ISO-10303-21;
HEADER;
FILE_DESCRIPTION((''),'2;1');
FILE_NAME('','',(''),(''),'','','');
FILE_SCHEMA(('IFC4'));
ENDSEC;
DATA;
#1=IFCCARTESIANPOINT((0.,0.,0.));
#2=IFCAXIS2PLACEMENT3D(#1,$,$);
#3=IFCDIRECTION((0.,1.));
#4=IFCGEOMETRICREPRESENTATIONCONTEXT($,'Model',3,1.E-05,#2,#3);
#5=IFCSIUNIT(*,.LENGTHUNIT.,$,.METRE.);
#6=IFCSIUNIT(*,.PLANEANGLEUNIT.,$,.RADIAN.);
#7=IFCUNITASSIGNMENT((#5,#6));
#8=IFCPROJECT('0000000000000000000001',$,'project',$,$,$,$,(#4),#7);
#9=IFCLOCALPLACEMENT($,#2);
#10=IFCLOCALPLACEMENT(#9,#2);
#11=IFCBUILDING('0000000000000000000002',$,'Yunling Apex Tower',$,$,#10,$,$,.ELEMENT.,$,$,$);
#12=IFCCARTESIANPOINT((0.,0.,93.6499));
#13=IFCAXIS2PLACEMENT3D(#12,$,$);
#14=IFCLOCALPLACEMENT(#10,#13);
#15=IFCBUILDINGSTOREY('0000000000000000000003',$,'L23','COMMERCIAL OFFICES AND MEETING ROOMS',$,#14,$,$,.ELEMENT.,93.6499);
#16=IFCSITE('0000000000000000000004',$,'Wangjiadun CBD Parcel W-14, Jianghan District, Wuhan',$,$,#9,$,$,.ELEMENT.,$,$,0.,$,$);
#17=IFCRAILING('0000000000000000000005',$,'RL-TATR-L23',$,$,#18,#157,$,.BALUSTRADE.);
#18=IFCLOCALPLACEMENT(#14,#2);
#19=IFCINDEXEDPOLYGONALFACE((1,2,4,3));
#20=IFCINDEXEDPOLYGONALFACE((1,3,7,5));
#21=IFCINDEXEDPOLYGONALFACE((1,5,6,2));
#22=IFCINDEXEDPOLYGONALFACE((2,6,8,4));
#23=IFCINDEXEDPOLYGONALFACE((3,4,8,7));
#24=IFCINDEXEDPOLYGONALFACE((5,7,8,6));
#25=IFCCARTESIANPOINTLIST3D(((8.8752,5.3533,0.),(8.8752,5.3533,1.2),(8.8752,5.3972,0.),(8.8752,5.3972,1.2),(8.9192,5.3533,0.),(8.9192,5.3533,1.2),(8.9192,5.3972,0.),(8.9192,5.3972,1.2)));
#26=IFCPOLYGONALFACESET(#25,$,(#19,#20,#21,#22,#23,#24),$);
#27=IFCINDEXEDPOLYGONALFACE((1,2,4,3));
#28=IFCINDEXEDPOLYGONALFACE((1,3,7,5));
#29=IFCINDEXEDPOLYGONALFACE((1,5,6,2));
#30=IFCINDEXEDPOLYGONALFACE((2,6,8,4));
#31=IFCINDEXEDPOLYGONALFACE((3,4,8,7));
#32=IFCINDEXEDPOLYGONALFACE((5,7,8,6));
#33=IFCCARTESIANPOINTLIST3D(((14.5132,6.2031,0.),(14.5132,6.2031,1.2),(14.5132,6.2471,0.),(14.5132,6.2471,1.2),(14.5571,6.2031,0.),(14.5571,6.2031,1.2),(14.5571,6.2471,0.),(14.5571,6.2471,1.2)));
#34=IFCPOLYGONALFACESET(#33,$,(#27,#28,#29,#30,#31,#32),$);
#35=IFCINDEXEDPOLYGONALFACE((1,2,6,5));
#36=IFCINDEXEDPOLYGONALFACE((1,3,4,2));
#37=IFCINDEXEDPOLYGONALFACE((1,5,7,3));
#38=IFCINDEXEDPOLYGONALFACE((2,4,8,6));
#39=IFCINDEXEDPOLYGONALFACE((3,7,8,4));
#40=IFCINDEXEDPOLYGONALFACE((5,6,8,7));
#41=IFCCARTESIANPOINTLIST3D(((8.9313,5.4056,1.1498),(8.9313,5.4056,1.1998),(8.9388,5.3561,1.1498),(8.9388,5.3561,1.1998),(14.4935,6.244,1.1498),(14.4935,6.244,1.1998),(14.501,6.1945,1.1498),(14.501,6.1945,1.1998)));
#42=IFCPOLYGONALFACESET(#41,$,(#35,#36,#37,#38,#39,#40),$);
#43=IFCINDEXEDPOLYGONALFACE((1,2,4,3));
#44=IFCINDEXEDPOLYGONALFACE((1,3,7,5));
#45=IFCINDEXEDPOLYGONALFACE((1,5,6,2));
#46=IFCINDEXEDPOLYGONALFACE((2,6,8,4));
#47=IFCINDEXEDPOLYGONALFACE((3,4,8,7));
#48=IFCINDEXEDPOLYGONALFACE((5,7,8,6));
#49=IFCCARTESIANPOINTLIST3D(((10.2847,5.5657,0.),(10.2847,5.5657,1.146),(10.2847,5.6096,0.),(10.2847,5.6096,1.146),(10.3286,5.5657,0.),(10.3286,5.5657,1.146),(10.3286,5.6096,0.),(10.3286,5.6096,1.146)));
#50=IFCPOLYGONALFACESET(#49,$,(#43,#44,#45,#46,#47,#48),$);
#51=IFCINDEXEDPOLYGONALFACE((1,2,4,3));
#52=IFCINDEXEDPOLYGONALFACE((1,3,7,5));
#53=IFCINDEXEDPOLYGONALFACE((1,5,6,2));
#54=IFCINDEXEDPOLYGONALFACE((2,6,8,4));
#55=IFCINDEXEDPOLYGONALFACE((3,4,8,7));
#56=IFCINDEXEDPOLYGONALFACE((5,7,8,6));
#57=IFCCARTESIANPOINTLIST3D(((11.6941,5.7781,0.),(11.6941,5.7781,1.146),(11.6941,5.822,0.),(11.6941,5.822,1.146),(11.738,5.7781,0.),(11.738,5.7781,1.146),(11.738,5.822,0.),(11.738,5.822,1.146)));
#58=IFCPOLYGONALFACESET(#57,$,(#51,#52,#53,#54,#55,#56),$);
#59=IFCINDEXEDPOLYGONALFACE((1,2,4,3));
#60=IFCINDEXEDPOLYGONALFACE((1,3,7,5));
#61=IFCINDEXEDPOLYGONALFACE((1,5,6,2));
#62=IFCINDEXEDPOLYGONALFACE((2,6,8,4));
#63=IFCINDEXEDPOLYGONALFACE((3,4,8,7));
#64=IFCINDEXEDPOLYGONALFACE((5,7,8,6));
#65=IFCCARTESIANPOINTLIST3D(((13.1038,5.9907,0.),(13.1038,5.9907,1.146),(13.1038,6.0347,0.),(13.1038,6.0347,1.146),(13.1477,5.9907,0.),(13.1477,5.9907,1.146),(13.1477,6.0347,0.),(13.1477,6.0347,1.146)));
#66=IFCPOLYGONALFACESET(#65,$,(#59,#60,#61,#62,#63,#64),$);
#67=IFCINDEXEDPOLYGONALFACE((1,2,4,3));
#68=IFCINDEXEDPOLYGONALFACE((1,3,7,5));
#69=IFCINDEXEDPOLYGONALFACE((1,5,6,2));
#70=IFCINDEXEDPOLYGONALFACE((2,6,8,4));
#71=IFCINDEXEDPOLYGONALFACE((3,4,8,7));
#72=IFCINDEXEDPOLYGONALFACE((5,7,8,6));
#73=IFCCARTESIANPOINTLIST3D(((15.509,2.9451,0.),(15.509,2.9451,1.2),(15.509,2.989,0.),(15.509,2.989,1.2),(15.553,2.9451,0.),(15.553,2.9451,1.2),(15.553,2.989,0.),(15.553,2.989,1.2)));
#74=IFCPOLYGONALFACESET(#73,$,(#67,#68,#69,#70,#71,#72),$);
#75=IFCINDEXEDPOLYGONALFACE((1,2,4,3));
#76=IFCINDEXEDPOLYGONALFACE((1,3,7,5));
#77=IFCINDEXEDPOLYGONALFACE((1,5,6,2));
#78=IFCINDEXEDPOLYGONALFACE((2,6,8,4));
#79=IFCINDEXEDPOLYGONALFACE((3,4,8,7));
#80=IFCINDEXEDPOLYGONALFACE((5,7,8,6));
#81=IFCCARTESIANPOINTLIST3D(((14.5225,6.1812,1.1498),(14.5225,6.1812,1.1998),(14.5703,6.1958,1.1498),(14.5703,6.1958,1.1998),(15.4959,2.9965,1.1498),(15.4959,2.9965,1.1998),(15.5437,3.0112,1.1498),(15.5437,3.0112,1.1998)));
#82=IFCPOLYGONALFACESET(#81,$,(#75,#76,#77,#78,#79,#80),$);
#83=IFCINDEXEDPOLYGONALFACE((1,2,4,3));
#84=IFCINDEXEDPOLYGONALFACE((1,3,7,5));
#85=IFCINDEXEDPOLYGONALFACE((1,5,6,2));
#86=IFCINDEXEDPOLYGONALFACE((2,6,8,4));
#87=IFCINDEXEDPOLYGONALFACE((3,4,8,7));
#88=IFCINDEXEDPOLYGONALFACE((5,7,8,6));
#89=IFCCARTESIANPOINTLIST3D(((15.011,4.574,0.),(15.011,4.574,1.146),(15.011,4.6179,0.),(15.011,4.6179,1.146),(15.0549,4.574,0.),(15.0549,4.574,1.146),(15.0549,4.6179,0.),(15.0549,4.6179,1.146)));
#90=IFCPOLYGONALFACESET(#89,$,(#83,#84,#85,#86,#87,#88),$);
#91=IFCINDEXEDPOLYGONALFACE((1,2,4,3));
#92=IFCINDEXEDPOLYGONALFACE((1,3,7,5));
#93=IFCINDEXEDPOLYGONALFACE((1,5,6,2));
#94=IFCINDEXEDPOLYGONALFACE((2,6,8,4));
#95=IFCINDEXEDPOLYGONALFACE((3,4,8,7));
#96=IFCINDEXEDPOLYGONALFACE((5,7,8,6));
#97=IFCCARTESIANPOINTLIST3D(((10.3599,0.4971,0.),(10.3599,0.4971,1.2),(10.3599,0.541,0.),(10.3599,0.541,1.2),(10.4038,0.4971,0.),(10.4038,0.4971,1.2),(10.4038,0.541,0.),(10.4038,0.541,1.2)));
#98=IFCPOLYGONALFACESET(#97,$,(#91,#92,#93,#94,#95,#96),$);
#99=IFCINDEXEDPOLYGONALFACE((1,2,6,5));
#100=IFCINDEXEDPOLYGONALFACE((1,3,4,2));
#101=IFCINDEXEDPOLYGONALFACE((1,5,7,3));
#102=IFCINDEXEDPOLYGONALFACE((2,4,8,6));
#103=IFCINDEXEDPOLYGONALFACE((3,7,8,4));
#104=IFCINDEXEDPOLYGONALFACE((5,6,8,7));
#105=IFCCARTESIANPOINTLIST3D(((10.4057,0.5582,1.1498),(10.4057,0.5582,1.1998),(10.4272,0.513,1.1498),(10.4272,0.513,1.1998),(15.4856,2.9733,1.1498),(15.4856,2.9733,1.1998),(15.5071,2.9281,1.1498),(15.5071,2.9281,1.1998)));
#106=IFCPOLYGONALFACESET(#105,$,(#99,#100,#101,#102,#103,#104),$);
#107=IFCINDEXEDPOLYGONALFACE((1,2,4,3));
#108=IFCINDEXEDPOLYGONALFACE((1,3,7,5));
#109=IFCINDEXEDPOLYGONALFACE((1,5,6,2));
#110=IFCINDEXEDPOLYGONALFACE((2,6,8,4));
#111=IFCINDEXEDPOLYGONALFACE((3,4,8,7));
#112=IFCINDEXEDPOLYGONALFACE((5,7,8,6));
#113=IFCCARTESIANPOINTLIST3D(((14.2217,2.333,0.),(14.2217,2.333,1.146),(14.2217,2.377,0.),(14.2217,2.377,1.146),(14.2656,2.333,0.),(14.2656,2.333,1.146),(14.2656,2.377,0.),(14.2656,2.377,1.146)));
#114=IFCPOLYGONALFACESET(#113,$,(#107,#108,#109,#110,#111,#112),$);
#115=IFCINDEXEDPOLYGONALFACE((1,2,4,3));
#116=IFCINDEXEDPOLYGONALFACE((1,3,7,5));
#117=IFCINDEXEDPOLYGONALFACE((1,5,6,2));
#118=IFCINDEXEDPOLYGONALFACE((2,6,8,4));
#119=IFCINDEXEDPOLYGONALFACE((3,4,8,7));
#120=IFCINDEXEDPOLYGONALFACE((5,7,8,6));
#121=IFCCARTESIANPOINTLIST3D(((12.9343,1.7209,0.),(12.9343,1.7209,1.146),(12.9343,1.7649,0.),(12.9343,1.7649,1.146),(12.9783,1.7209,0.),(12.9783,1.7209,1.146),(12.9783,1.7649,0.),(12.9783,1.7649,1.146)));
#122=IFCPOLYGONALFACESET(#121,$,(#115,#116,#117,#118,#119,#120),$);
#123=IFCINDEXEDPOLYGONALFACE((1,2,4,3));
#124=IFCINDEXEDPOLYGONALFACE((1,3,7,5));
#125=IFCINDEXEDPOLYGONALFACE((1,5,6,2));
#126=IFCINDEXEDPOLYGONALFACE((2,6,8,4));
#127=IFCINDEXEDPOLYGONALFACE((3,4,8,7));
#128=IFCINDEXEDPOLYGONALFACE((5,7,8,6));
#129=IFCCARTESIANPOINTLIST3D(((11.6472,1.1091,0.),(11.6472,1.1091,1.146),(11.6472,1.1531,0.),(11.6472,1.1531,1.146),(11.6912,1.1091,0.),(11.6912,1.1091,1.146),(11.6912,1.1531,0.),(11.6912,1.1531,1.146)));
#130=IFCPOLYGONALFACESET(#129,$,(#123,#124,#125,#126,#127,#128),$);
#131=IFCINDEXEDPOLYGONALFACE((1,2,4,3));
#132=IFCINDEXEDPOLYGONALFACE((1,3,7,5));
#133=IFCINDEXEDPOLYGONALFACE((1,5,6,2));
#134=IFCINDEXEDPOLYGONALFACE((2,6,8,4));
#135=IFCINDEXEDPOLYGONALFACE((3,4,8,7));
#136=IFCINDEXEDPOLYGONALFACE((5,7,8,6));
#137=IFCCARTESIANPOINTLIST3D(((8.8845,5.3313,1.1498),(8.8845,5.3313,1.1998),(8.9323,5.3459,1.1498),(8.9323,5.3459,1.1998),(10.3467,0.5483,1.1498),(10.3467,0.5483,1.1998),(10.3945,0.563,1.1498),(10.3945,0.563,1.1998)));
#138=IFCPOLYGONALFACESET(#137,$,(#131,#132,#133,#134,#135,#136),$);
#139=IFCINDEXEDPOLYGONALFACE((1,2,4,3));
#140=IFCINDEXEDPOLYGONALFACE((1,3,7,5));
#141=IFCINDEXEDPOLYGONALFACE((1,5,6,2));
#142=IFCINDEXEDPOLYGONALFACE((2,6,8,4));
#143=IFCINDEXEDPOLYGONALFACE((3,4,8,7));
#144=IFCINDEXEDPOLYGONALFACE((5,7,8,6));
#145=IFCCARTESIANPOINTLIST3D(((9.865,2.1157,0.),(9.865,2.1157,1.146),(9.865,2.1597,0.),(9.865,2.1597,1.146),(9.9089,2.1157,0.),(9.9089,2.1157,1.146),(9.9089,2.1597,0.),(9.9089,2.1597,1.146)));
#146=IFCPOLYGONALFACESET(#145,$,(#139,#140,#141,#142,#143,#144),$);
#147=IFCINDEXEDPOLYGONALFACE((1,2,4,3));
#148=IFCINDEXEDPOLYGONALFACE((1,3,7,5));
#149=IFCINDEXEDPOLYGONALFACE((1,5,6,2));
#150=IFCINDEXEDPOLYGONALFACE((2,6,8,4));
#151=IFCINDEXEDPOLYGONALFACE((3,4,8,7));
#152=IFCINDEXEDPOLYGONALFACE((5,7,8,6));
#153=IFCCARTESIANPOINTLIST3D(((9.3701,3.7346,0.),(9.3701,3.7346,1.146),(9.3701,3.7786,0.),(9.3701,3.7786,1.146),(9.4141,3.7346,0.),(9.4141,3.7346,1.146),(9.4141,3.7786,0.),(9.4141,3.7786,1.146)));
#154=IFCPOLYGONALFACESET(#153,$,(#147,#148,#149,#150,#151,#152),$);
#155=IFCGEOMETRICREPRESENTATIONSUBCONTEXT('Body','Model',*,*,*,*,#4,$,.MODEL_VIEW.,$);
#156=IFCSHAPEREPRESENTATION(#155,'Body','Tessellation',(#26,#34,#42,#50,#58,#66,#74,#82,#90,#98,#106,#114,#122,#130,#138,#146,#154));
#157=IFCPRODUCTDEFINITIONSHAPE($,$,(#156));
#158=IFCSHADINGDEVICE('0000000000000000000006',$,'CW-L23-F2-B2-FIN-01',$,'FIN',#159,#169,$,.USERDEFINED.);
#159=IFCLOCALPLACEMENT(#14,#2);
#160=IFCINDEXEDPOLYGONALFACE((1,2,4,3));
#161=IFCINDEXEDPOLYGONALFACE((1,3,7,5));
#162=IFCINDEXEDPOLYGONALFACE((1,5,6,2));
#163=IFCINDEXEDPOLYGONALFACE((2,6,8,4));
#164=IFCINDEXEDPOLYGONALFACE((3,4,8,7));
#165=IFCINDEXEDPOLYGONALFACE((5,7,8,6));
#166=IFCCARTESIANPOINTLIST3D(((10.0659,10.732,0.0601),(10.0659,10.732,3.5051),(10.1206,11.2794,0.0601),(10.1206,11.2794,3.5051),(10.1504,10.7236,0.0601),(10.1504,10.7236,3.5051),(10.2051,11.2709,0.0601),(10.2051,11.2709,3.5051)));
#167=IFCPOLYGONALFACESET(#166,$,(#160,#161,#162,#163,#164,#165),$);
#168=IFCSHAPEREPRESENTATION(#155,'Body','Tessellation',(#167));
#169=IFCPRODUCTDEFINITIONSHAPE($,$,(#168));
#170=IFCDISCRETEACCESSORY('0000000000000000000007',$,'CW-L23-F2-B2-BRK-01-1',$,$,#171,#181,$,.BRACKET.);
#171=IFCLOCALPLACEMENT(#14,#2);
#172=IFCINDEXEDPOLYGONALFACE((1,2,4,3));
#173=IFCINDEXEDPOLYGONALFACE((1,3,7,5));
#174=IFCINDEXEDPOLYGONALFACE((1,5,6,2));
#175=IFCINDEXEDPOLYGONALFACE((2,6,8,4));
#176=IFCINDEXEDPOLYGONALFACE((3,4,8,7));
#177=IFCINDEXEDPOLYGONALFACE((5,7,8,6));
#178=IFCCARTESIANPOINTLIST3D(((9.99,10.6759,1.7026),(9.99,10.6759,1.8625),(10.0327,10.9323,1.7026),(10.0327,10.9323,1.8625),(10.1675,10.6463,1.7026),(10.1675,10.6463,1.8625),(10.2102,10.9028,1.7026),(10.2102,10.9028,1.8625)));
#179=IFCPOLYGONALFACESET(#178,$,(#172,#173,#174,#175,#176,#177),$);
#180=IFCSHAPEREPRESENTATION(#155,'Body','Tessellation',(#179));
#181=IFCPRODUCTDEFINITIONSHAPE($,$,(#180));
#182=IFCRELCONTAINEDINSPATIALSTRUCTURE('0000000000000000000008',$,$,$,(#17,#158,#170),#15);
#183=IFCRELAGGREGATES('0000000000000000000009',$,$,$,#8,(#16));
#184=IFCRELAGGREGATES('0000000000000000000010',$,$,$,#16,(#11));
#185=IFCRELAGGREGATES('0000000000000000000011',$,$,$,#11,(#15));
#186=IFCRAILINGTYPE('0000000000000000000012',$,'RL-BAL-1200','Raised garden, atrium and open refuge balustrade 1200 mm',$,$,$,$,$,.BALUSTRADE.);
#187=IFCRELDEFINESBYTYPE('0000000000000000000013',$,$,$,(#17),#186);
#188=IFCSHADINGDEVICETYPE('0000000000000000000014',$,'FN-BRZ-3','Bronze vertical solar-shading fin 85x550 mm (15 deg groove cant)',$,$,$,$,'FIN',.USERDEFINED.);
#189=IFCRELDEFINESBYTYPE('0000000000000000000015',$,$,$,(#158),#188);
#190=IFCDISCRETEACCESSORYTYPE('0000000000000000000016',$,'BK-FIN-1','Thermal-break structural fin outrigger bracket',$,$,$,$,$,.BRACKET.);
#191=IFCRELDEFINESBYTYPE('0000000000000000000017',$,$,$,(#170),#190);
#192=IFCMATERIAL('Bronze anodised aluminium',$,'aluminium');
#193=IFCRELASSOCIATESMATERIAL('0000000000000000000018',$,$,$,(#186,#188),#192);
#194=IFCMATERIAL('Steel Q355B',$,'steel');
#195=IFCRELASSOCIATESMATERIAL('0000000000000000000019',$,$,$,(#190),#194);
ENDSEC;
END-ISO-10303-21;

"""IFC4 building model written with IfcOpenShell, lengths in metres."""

from ifc_helpers import new_model, si_unit, direction, frame, origin, origin_2d, place, context, subcontext, project, spatial, rectangle, extrude, source, transform, mapped, material, material_profile, profile_set, type_object, element, save


model = new_model("IFC4")

# Units and contexts
model_context = context("Model", 3, precision=1e-05, world=origin(), true_north=direction((0.0, 1.0)))
body_context = subcontext(model_context, "Body", "Model", "MODEL_VIEW")
ifc_project = project(units=[si_unit("LENGTHUNIT", "METRE"), si_unit("PLANEANGLEUNIT", "RADIAN")], contexts=[model_context])

# Site, building, storey
site_placement = place(None, origin())
site = spatial("IfcSite", under=ifc_project, at=site_placement, Name="Wangjiadun CBD Parcel W-14, Jianghan District, Wuhan", CompositionType="ELEMENT", RefElevation=0.0)
building_placement = place(site_placement, origin())
building = spatial("IfcBuilding", under=site, at=building_placement, Name="Yunling Apex Tower", CompositionType="ELEMENT")
storey_placement = place(building_placement, frame((0.0, 0.0, 93.6499)))
storey = spatial("IfcBuildingStorey", under=building, at=storey_placement, Name="L23", Description="COMMERCIAL OFFICES AND MEETING ROOMS", CompositionType="ELEMENT", Elevation=93.6499)

# Shared definitions
ifc_material_1 = material(Name="Steel Q355B", Category="steel")

# Shared definitions
ifc_material_2 = material(Name="Bronze anodised aluminium", Category="aluminium")

# Railing
railing_type = type_object("IfcRailingType", Name="RL-BAL-1200", Description="Raised garden, atrium and open refuge balustrade 1200 mm", PredefinedType="BALUSTRADE", material=ifc_material_2)
railing_placement = place(storey_placement, frame((8.8972, 5.3752, 0.0)))
element("IfcRailing", 1, at=railing_placement, inside=storey, type_object=railing_type, Name="RL-TATR-L23", PredefinedType="BALUSTRADE", context=body_context, shape_type="SweptSolid", body=[
    extrude(rectangle(XDim=0.0439, YDim=0.0439, at=origin_2d()), origin(), (0.0, 0.0, 1.0), 1.2),
    extrude(rectangle(XDim=0.0439, YDim=0.0439, at=origin_2d()), frame((5.6379, 0.8499, 0.0)), (0.0, 0.0, 1.0), 1.2),
    extrude(rectangle(XDim=0.05, YDim=0.05, at=origin_2d()), frame((0.0378, 0.0056, 1.1748), z_axis=(0.988829, 0.149054, 0.0), x_axis=(-0.149054, 0.988829, 0.0)), (0.0, 0.0, 1.0), 5.625),
    extrude(rectangle(XDim=0.0439, YDim=0.0439, at=origin_2d()), frame((1.4094, 0.2124, 0.0)), (0.0, 0.0, 1.0), 1.146),
    extrude(rectangle(XDim=0.0439, YDim=0.0439, at=origin_2d()), frame((2.8188, 0.4248, 0.0)), (0.0, 0.0, 1.0), 1.146),
    extrude(rectangle(XDim=0.0439, YDim=0.0439, at=origin_2d()), frame((4.2285, 0.6375, 0.0)), (0.0, 0.0, 1.0), 1.146),
    extrude(rectangle(XDim=0.0439, YDim=0.0439, at=origin_2d()), frame((6.6338, -2.4082, 0.0)), (0.0, 0.0, 1.0), 1.2),
    extrude(rectangle(XDim=0.05, YDim=0.05, at=origin_2d()), frame((5.6492, 0.8132, 1.1748), z_axis=(0.292308, -0.956324, 0.0), x_axis=(0.956324, 0.292308, 0.0)), (0.0, 0.0, 1.0), 3.3301),
    extrude(rectangle(XDim=0.0439, YDim=0.0439, at=origin_2d()), frame((6.1357, -0.7793, 0.0)), (0.0, 0.0, 1.0), 1.146),
    extrude(rectangle(XDim=0.0439, YDim=0.0439, at=origin_2d()), frame((1.4846, -4.8562, 0.0)), (0.0, 0.0, 1.0), 1.2),
    extrude(rectangle(XDim=0.05, YDim=0.05, at=origin_2d()), frame((6.5991, -2.4246, 1.1748), z_axis=(-0.903132, -0.429363, 0.0), x_axis=(0.429363, -0.903132, 0.0)), (0.0, 0.0, 1.0), 5.6248),
    extrude(rectangle(XDim=0.0439, YDim=0.0439, at=origin_2d()), frame((5.3464, -3.0203, 0.0)), (0.0, 0.0, 1.0), 1.146),
    extrude(rectangle(XDim=0.0439, YDim=0.0439, at=origin_2d()), frame((4.0591, -3.6323, 0.0)), (0.0, 0.0, 1.0), 1.146),
    extrude(rectangle(XDim=0.0439, YDim=0.0439, at=origin_2d()), frame((2.772, -4.2441, 0.0)), (0.0, 0.0, 1.0), 1.146),
    extrude(rectangle(XDim=0.05, YDim=0.05, at=origin_2d()), frame((1.4734, -4.8196, 1.1748), z_axis=(-0.292359, 0.956309, 0.0), x_axis=(-0.956309, -0.292359, 0.0)), (0.0, 0.0, 1.0), 5.0015),
    extrude(rectangle(XDim=0.0439, YDim=0.0439, at=origin_2d()), frame((0.9897, -3.2375, 0.0)), (0.0, 0.0, 1.0), 1.146),
    extrude(rectangle(XDim=0.0439, YDim=0.0439, at=origin_2d()), frame((0.4949, -1.6187, 0.0)), (0.0, 0.0, 1.0), 1.146),
])

# Shading device
ifc_material_profile_1 = material_profile(ifc_material_2, rectangle(XDim=0.085, YDim=0.55, at=origin_2d()))
ifc_profile_set_1 = profile_set([ifc_material_profile_1], Name="Bronze anodised aluminium")
shading_device_type = type_object("IfcShadingDeviceType", Name="FN-BRZ-3", Description="Bronze vertical solar-shading fin 85x550 mm (15 deg groove cant)", ElementType="FIN", PredefinedType="USERDEFINED", material=ifc_profile_set_1)
shared_shape_1 = source(origin(), body_context, "Body", "SweptSolid", [
    extrude(rectangle(XDim=0.085, YDim=0.55, at=origin_2d()), origin(), (0.0, 0.0, 1.0), 3.4451),
])
shading_device_placement = place(storey_placement, frame((10.1355, 11.0015, 0.0601), z_axis=(0.0, 0.0, 1.0), x_axis=(-0.995038, 0.099493, 0.0)))
element("IfcShadingDevice", 2, at=shading_device_placement, inside=storey, type_object=shading_device_type, Name="CW-L23-F2-B2-FIN-01", ObjectType="FIN", PredefinedType="USERDEFINED", context=body_context, shape_type="MappedRepresentation", body=[
    mapped(shared_shape_1, transform((0.0, 0.0, 0.0), scale=1.0)),
])

# Discrete accessory
discrete_accessory_type = type_object("IfcDiscreteAccessoryType", Name="BK-FIN-1", Description="Thermal-break structural fin outrigger bracket", PredefinedType="BRACKET", material=ifc_material_1)
shared_shape_2 = source(origin(), body_context, "Body", "SweptSolid", [
    extrude(rectangle(XDim=0.1799, YDim=0.26, at=origin_2d()), origin(), (0.0, 0.0, 1.0), 0.1599),
])
discrete_accessory_placement = place(storey_placement, frame((10.1001, 10.7893, 1.7026), z_axis=(0.0, 0.0, 1.0), x_axis=(-0.986401, 0.164359, 0.0)))
element("IfcDiscreteAccessory", 3, at=discrete_accessory_placement, inside=storey, type_object=discrete_accessory_type, Name="CW-L23-F2-B2-BRK-01-1", PredefinedType="BRACKET", context=body_context, shape_type="MappedRepresentation", body=[
    mapped(shared_shape_2, transform((0.0, 0.0, 0.0), scale=1.0)),
])

save(model, "model.ifc")
